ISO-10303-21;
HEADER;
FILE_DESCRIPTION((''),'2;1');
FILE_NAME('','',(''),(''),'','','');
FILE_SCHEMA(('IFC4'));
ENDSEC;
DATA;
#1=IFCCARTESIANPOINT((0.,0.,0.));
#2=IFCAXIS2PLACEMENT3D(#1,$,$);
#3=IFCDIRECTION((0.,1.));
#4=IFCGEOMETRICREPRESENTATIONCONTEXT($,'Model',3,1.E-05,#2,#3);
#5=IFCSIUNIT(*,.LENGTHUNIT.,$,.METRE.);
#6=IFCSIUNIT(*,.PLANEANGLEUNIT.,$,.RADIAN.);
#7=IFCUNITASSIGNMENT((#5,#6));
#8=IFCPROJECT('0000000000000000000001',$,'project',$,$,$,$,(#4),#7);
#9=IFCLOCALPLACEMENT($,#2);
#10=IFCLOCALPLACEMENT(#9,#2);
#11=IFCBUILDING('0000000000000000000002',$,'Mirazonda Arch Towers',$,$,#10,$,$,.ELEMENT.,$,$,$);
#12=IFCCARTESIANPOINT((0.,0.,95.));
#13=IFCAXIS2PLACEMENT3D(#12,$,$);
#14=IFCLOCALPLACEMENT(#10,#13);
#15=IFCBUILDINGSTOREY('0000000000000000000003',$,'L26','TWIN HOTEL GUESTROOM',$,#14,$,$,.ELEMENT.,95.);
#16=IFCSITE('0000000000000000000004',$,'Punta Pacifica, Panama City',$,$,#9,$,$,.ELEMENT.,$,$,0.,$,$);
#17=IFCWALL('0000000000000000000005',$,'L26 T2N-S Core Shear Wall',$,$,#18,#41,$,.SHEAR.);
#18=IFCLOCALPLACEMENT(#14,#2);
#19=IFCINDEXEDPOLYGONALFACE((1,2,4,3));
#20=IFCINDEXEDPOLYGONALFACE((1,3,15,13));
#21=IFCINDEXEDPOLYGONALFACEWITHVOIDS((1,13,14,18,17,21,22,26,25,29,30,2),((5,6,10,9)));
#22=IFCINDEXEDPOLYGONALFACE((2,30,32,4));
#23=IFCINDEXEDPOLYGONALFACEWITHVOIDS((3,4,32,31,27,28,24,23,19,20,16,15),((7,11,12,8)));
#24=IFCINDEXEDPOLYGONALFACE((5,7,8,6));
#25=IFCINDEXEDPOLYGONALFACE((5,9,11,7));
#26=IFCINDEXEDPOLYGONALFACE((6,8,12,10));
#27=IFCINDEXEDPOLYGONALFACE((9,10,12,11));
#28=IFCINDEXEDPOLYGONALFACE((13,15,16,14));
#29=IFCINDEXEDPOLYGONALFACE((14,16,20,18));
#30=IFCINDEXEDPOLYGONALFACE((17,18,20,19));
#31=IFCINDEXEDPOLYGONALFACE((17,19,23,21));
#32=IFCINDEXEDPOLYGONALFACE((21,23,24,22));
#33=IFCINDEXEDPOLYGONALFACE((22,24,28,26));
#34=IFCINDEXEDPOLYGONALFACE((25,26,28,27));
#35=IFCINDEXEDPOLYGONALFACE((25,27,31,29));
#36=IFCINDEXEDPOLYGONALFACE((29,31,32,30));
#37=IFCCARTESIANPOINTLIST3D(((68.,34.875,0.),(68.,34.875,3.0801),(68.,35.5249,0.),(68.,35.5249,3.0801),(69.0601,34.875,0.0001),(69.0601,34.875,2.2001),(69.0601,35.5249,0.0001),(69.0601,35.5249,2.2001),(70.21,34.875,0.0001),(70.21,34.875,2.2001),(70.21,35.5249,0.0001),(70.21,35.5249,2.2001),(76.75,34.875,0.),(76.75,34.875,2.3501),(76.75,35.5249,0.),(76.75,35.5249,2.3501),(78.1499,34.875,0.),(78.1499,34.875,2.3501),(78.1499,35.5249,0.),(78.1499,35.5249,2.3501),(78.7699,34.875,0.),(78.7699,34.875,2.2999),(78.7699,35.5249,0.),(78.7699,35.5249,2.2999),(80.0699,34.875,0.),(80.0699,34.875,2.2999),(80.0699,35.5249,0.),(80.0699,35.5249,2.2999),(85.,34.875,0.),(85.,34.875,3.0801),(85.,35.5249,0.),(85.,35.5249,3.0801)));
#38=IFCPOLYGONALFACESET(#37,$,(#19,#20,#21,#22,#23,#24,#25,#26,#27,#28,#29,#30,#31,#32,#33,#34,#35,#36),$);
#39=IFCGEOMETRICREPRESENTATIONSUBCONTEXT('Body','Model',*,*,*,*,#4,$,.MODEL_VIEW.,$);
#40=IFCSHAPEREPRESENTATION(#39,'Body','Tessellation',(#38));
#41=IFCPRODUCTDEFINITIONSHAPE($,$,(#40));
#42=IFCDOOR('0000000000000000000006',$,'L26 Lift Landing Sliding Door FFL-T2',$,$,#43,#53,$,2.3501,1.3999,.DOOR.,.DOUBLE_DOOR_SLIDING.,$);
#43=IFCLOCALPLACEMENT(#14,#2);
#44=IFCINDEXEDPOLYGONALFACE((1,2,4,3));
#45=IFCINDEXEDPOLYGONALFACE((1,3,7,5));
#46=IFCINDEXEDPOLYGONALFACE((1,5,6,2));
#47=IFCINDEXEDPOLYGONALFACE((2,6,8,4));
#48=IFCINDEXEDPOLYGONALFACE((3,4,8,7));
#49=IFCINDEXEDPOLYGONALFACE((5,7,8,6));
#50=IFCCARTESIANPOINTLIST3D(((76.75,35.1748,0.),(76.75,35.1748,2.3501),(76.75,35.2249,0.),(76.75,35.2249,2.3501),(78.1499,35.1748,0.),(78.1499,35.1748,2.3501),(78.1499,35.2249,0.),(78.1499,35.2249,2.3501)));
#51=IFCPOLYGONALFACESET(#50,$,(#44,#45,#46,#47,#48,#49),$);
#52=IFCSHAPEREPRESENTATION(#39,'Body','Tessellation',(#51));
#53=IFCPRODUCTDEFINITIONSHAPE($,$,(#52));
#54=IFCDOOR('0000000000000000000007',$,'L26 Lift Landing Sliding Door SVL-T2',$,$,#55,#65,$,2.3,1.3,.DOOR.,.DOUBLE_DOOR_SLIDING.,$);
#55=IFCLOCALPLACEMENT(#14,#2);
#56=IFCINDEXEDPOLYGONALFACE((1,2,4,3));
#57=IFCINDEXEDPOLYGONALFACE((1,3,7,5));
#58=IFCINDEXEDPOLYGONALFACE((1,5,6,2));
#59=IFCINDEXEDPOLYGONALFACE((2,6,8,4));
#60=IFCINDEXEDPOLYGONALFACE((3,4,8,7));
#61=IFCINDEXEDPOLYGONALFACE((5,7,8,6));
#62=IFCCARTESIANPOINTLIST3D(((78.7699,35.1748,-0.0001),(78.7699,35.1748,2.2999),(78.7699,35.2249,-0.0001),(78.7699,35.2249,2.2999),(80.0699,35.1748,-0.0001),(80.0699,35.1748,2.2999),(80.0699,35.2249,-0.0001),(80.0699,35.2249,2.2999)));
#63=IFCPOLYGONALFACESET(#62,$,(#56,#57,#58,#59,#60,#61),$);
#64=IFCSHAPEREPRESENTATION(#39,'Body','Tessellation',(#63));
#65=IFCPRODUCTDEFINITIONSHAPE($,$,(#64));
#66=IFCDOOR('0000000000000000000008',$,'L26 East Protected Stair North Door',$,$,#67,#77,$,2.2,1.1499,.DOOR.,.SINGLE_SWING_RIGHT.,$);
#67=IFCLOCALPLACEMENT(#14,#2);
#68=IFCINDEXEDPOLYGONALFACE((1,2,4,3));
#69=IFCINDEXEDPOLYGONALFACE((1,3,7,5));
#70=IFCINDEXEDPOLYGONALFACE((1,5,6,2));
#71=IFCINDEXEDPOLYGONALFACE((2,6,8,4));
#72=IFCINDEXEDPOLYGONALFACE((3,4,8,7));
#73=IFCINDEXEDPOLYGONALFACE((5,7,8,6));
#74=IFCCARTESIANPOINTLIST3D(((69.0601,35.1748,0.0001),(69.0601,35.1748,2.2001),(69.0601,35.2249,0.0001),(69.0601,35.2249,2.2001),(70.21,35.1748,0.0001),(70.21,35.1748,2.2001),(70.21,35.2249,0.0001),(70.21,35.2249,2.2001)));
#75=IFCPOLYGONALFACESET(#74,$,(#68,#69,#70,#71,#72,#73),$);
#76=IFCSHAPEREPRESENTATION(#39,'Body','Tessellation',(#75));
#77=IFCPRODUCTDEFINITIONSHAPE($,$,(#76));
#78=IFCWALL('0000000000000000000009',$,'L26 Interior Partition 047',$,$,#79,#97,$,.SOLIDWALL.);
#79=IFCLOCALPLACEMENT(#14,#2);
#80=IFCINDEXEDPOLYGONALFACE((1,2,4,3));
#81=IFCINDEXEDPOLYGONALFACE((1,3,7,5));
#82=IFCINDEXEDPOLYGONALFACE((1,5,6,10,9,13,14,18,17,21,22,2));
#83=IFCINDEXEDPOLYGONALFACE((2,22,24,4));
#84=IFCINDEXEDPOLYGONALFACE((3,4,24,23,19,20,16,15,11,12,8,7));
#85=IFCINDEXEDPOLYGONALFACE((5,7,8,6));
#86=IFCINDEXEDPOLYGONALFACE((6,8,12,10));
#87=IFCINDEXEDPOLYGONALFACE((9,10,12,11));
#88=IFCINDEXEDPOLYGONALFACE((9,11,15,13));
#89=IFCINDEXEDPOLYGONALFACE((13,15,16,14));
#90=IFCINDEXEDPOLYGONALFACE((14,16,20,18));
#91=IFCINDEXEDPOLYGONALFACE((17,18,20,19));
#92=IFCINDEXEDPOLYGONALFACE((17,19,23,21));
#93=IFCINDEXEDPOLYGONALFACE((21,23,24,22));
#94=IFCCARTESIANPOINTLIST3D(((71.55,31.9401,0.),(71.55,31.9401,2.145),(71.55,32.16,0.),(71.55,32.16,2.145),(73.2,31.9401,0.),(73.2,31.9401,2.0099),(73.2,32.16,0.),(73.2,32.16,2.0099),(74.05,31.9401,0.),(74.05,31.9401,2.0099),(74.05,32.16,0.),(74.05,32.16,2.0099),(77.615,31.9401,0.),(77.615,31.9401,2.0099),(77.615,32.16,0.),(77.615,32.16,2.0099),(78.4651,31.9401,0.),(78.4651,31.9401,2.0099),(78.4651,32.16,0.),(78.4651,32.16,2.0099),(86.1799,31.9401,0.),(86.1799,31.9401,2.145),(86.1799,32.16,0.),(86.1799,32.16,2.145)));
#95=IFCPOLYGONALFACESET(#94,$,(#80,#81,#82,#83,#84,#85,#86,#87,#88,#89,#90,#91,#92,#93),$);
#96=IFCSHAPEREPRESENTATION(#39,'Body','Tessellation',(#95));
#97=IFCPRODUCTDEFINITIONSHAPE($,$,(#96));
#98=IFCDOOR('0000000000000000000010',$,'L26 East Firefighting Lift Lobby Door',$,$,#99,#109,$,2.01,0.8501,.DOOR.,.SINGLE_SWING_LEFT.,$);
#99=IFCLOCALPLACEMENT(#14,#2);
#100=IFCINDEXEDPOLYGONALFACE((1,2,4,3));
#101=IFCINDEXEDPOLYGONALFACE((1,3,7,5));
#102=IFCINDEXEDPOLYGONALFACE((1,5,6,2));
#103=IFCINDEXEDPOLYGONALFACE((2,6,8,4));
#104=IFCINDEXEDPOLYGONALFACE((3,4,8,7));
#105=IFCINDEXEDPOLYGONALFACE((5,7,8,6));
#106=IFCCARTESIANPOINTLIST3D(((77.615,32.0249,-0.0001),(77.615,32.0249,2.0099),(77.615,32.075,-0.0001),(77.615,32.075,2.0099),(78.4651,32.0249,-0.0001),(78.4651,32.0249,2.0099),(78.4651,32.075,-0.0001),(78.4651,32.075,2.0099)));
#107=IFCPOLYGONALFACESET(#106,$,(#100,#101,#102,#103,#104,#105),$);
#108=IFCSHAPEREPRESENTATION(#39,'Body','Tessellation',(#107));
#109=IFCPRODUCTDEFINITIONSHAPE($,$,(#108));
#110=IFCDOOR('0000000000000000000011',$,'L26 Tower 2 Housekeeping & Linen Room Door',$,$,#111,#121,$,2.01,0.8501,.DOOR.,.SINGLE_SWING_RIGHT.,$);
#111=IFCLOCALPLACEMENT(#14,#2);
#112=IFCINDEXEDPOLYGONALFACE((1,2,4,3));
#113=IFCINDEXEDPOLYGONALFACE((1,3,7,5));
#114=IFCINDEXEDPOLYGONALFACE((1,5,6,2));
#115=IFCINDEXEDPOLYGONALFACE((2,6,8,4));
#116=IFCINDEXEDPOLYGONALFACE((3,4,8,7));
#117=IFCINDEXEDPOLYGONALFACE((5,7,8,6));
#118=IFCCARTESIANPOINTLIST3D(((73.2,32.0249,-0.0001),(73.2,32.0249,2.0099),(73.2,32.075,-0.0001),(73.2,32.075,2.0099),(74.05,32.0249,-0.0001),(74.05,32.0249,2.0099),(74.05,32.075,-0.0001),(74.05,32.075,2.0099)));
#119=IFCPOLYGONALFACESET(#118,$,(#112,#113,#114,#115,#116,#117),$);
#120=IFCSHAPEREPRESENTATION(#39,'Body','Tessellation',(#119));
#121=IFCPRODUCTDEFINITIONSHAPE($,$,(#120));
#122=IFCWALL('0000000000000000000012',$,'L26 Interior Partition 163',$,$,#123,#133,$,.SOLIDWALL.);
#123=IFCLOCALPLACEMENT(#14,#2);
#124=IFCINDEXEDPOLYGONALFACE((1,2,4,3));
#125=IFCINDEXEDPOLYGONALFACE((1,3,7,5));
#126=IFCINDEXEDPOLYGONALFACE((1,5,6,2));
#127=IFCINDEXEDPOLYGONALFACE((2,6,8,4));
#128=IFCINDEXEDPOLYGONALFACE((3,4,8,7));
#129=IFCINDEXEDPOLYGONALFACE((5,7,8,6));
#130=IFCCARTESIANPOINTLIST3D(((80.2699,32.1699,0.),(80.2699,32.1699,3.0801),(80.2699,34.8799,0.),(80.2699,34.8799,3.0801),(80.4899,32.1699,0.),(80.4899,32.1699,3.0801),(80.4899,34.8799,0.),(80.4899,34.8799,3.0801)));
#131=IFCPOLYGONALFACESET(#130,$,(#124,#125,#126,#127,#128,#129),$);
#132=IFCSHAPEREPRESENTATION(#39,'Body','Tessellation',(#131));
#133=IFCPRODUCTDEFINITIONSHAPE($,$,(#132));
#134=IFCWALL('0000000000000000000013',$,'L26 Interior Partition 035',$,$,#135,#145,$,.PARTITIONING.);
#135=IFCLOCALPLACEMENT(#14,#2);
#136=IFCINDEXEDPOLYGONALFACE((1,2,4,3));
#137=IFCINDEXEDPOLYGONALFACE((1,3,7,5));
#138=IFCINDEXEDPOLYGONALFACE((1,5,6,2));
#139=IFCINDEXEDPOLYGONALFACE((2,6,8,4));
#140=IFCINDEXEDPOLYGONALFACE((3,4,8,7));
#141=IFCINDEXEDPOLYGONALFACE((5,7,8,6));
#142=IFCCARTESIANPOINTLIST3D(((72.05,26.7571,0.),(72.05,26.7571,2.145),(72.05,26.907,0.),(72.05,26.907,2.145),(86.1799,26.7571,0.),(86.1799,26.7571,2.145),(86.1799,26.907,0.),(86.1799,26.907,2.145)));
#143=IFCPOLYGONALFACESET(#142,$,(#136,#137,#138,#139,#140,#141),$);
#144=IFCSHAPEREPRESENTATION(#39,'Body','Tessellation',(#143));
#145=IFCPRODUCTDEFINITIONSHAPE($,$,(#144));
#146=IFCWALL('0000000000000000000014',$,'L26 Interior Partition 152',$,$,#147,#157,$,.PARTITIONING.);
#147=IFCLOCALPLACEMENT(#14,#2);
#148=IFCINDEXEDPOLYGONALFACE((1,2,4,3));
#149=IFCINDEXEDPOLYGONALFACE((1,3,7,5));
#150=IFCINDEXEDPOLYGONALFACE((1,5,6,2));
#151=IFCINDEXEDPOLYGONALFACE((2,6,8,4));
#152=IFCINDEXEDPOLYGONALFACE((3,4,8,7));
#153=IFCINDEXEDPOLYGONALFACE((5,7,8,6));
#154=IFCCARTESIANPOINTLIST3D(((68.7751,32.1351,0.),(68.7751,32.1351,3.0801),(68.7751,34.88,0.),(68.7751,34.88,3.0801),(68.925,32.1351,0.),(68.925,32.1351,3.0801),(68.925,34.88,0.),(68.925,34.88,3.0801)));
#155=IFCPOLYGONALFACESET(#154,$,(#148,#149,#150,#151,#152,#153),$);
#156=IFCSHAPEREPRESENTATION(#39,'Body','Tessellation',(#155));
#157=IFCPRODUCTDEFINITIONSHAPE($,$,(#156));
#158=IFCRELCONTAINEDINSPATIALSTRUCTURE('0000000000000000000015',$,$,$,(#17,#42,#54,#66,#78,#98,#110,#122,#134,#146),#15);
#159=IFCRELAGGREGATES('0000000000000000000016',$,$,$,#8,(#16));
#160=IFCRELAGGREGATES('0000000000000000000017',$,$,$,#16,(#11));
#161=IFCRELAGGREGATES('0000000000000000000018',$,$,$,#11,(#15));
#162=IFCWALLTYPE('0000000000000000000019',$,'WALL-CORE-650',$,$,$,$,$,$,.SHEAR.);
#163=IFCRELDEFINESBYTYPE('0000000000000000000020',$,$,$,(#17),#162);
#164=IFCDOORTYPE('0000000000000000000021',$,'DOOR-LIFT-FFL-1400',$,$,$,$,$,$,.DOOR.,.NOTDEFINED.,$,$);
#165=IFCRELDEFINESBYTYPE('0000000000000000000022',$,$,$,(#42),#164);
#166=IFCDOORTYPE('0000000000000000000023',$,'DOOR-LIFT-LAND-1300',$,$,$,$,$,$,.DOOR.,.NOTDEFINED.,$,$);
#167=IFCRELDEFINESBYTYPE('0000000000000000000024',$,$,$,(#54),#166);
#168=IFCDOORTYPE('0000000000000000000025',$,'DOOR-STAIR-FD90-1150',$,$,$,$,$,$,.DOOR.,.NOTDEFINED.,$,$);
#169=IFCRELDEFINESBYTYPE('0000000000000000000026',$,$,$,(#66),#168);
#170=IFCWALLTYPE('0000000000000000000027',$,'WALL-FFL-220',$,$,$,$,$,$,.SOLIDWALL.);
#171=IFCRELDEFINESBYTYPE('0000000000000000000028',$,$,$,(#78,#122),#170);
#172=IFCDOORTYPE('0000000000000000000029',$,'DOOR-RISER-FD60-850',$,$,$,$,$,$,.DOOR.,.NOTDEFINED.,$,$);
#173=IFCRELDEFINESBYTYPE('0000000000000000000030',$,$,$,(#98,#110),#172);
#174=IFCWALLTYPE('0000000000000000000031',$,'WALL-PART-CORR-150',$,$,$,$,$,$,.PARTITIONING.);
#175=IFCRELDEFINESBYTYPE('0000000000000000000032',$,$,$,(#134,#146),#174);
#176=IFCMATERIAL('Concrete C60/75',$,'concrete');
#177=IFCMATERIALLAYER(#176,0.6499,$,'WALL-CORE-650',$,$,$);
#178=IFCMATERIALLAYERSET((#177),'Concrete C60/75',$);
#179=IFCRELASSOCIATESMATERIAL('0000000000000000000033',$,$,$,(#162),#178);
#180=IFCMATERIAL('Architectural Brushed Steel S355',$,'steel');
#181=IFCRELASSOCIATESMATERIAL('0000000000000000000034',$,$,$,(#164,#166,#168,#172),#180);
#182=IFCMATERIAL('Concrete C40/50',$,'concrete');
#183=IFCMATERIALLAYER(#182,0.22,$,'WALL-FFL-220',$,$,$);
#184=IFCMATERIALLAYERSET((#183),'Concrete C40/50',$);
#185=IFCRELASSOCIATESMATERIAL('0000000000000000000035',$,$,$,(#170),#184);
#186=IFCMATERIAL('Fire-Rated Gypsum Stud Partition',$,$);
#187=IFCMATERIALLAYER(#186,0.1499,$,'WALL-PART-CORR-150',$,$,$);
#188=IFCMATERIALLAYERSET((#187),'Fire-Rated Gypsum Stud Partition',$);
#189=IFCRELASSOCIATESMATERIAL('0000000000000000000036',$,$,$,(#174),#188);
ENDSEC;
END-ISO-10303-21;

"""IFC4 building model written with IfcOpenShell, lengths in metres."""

from ifc_helpers import new_model, si_unit, direction, frame, frame_2d, origin, place, context, subcontext, project, spatial, rectangle, extrude, material, layer, layer_set, type_object, element, fill, save


model = new_model("IFC4")

# Units and contexts
model_context = context("Model", 3, precision=1e-05, world=origin(), true_north=direction((0.0, 1.0)))
body_context = subcontext(model_context, "Body", "Model", "MODEL_VIEW")
ifc_project = project(units=[si_unit("LENGTHUNIT", "METRE"), si_unit("PLANEANGLEUNIT", "RADIAN")], contexts=[model_context])

# Site, building, storey
site_placement = place(None, origin())
site = spatial("IfcSite", under=ifc_project, at=site_placement, Name="Punta Pacifica, Panama City", CompositionType="ELEMENT", RefElevation=0.0)
building_placement = place(site_placement, origin())
building = spatial("IfcBuilding", under=site, at=building_placement, Name="Mirazonda Arch Towers", CompositionType="ELEMENT")
storey_placement = place(building_placement, frame((0.0, 0.0, 95.0)))
storey = spatial("IfcBuildingStorey", under=building, at=storey_placement, Name="L26", Description="TWIN HOTEL GUESTROOM", CompositionType="ELEMENT", Elevation=95.0)

# Shared definitions
ifc_material_1 = material(Name="Concrete C60/75", Category="concrete")
ifc_layer_1 = layer(ifc_material_1, 0.6499, Name="WALL-CORE-650")
ifc_layer_set_1 = layer_set([ifc_layer_1], Name="Concrete C60/75")
wall_type_1 = type_object("IfcWallType", Name="WALL-CORE-650", PredefinedType="SHEAR", material=ifc_layer_set_1)

# Walls, openings, doors
wall_1_placement = place(storey_placement, frame((68.0, 35.2, 0.0), z_axis=(0.0, 0.0, 1.0), x_axis=(1.0, 0.0, 0.0)))
wall_1 = element("IfcWall", 1, at=wall_1_placement, inside=storey, type_object=wall_type_1, Name="L26 T2N-S Core Shear Wall", PredefinedType="SHEAR", context=body_context, shape_type="SweptSolid", body=[
    extrude(rectangle(XDim=17.0, YDim=0.6499, at=frame_2d((8.5, 0.0))), origin(), (0.0, 0.0, 1.0), 3.0801),
])
opening_1_placement = place(wall_1_placement, frame((1.0601, 0.0, 0.0)))
opening_1 = element("IfcOpeningElement", 2, at=opening_1_placement, cuts=wall_1, PredefinedType="OPENING", context=body_context, shape_type="SweptSolid", body=[
    extrude(rectangle(XDim=1.1499, YDim=2.2, at=frame_2d((0.575, 1.1001))), frame((0.0, 0.335, 0.0), z_axis=(0.0, -1.0, 0.0), x_axis=(1.0, 0.0, 0.0)), (0.0, 0.0, 1.0), 0.6699),
])
opening_2_placement = place(wall_1_placement, frame((8.75, 0.0, 0.0)))
opening_2 = element("IfcOpeningElement", 3, at=opening_2_placement, cuts=wall_1, PredefinedType="OPENING", context=body_context, shape_type="SweptSolid", body=[
    extrude(rectangle(XDim=1.3999, YDim=2.3501, at=frame_2d((0.7, 1.175))), frame((0.0, 0.335, 0.0), z_axis=(0.0, -1.0, 0.0), x_axis=(1.0, 0.0, 0.0)), (0.0, 0.0, 1.0), 0.6699),
])
opening_3_placement = place(wall_1_placement, frame((10.77, 0.0, 0.0)))
opening_3 = element("IfcOpeningElement", 4, at=opening_3_placement, cuts=wall_1, PredefinedType="OPENING", context=body_context, shape_type="SweptSolid", body=[
    extrude(rectangle(XDim=1.3, YDim=2.3, at=frame_2d((0.6499, 1.1499))), frame((0.0, 0.335, 0.0), z_axis=(0.0, -1.0, 0.0), x_axis=(1.0, 0.0, 0.0)), (0.0, 0.0, 1.0), 0.6699),
])
ifc_material_2 = material(Name="Architectural Brushed Steel S355", Category="steel")
door_type_1 = type_object("IfcDoorType", Name="DOOR-LIFT-FFL-1400", OperationType="NOTDEFINED", PredefinedType="DOOR", material=ifc_material_2)
door_1_placement = place(opening_2_placement, origin())
door_1 = element("IfcDoor", 5, at=door_1_placement, inside=storey, type_object=door_type_1, Name="L26 Lift Landing Sliding Door FFL-T2", OperationType="DOUBLE_DOOR_SLIDING", OverallHeight=2.3501, OverallWidth=1.3999, PredefinedType="DOOR", context=body_context, shape_type="SweptSolid", body=[
    extrude(rectangle(XDim=1.3999, YDim=2.3501, at=frame_2d((0.7, 1.175))), frame((0.0, 0.0249, 0.0), z_axis=(0.0, -1.0, 0.0), x_axis=(1.0, 0.0, 0.0)), (0.0, 0.0, 1.0), 0.05),
])
fill(opening_2, door_1)
door_type_2 = type_object("IfcDoorType", Name="DOOR-LIFT-LAND-1300", OperationType="NOTDEFINED", PredefinedType="DOOR", material=ifc_material_2)
door_2_placement = place(opening_3_placement, origin())
door_2 = element("IfcDoor", 6, at=door_2_placement, inside=storey, type_object=door_type_2, Name="L26 Lift Landing Sliding Door SVL-T2", OperationType="DOUBLE_DOOR_SLIDING", OverallHeight=2.3, OverallWidth=1.3, PredefinedType="DOOR", context=body_context, shape_type="SweptSolid", body=[
    extrude(rectangle(XDim=1.3, YDim=2.3, at=frame_2d((0.6499, 1.1499))), frame((0.0, 0.0249, 0.0), z_axis=(0.0, -1.0, 0.0), x_axis=(1.0, 0.0, 0.0)), (0.0, 0.0, 1.0), 0.05),
])
fill(opening_3, door_2)
door_type_3 = type_object("IfcDoorType", Name="DOOR-STAIR-FD90-1150", OperationType="NOTDEFINED", PredefinedType="DOOR", material=ifc_material_2)
door_3_placement = place(opening_1_placement, origin())
door_3 = element("IfcDoor", 7, at=door_3_placement, inside=storey, type_object=door_type_3, Name="L26 East Protected Stair North Door", OperationType="SINGLE_SWING_RIGHT", OverallHeight=2.2, OverallWidth=1.1499, PredefinedType="DOOR", context=body_context, shape_type="SweptSolid", body=[
    extrude(rectangle(XDim=1.1499, YDim=2.2, at=frame_2d((0.575, 1.1001))), frame((0.0, 0.0249, 0.0), z_axis=(0.0, -1.0, 0.0), x_axis=(1.0, 0.0, 0.0)), (0.0, 0.0, 1.0), 0.05),
])
fill(opening_1, door_3)
ifc_material_3 = material(Name="Concrete C40/50", Category="concrete")
ifc_layer_2 = layer(ifc_material_3, 0.22, Name="WALL-FFL-220")
ifc_layer_set_2 = layer_set([ifc_layer_2], Name="Concrete C40/50")
wall_type_2 = type_object("IfcWallType", Name="WALL-FFL-220", PredefinedType="SOLIDWALL", material=ifc_layer_set_2)
wall_2_placement = place(storey_placement, frame((71.55, 32.05, 0.0), z_axis=(0.0, 0.0, 1.0), x_axis=(1.0, 0.0, 0.0)))
wall_2 = element("IfcWall", 8, at=wall_2_placement, inside=storey, type_object=wall_type_2, Name="L26 Interior Partition 047", PredefinedType="SOLIDWALL", context=body_context, shape_type="SweptSolid", body=[
    extrude(rectangle(XDim=14.6299, YDim=0.22, at=frame_2d((7.3149, 0.0))), origin(), (0.0, 0.0, 1.0), 2.145),
])
opening_4_placement = place(wall_2_placement, frame((6.0649, 0.0, 0.0)))
opening_4 = element("IfcOpeningElement", 9, at=opening_4_placement, cuts=wall_2, PredefinedType="OPENING", context=body_context, shape_type="SweptSolid", body=[
    extrude(rectangle(XDim=0.8501, YDim=2.01, at=frame_2d((0.425, 1.0049))), frame((0.0, 0.1199, 0.0), z_axis=(0.0, -1.0, 0.0), x_axis=(1.0, 0.0, 0.0)), (0.0, 0.0, 1.0), 0.24),
])
opening_5_placement = place(wall_2_placement, frame((1.6499, 0.0, 0.0)))
opening_5 = element("IfcOpeningElement", 10, at=opening_5_placement, cuts=wall_2, PredefinedType="OPENING", context=body_context, shape_type="SweptSolid", body=[
    extrude(rectangle(XDim=0.8501, YDim=2.01, at=frame_2d((0.425, 1.0049))), frame((0.0, 0.1199, 0.0), z_axis=(0.0, -1.0, 0.0), x_axis=(1.0, 0.0, 0.0)), (0.0, 0.0, 1.0), 0.24),
])
door_type_4 = type_object("IfcDoorType", Name="DOOR-RISER-FD60-850", OperationType="NOTDEFINED", PredefinedType="DOOR", material=ifc_material_2)
door_4_placement = place(opening_4_placement, origin())
door_4 = element("IfcDoor", 11, at=door_4_placement, inside=storey, type_object=door_type_4, Name="L26 East Firefighting Lift Lobby Door", OperationType="SINGLE_SWING_LEFT", OverallHeight=2.01, OverallWidth=0.8501, PredefinedType="DOOR", context=body_context, shape_type="SweptSolid", body=[
    extrude(rectangle(XDim=0.8501, YDim=2.01, at=frame_2d((0.425, 1.0049))), frame((0.0, 0.0249, 0.0), z_axis=(0.0, -1.0, 0.0), x_axis=(1.0, 0.0, 0.0)), (0.0, 0.0, 1.0), 0.05),
])
fill(opening_4, door_4)
door_5_placement = place(opening_5_placement, origin())
door_5 = element("IfcDoor", 12, at=door_5_placement, inside=storey, type_object=door_type_4, Name="L26 Tower 2 Housekeeping & Linen Room Door", OperationType="SINGLE_SWING_RIGHT", OverallHeight=2.01, OverallWidth=0.8501, PredefinedType="DOOR", context=body_context, shape_type="SweptSolid", body=[
    extrude(rectangle(XDim=0.8501, YDim=2.01, at=frame_2d((0.425, 1.0049))), frame((0.0, 0.0249, 0.0), z_axis=(0.0, -1.0, 0.0), x_axis=(1.0, 0.0, 0.0)), (0.0, 0.0, 1.0), 0.05),
])
fill(opening_5, door_5)

# Walls
wall_3_placement = place(storey_placement, frame((80.3799, 32.1699, 0.0), z_axis=(0.0, 0.0, 1.0), x_axis=(0.0, 1.0, 0.0)))
element("IfcWall", 13, at=wall_3_placement, inside=storey, type_object=wall_type_2, Name="L26 Interior Partition 163", PredefinedType="SOLIDWALL", context=body_context, shape_type="SweptSolid", body=[
    extrude(rectangle(XDim=2.71, YDim=0.22, at=frame_2d((1.355, 0.0))), origin(), (0.0, 0.0, 1.0), 3.0801),
])
ifc_material_4 = material(Name="Fire-Rated Gypsum Stud Partition")
ifc_layer_3 = layer(ifc_material_4, 0.1499, Name="WALL-PART-CORR-150")
ifc_layer_set_3 = layer_set([ifc_layer_3], Name="Fire-Rated Gypsum Stud Partition")
wall_type_3 = type_object("IfcWallType", Name="WALL-PART-CORR-150", PredefinedType="PARTITIONING", material=ifc_layer_set_3)
wall_4_placement = place(storey_placement, frame((72.05, 26.832, 0.0), z_axis=(0.0, 0.0, 1.0), x_axis=(1.0, 0.0, 0.0)))
element("IfcWall", 14, at=wall_4_placement, inside=storey, type_object=wall_type_3, Name="L26 Interior Partition 035", PredefinedType="PARTITIONING", context=body_context, shape_type="SweptSolid", body=[
    extrude(rectangle(XDim=14.1299, YDim=0.1499, at=frame_2d((7.0649, 0.0))), origin(), (0.0, 0.0, 1.0), 2.145),
])
wall_5_placement = place(storey_placement, frame((68.8501, 32.135, 0.0), z_axis=(0.0, 0.0, 1.0), x_axis=(0.0, 1.0, 0.0)))
element("IfcWall", 15, at=wall_5_placement, inside=storey, type_object=wall_type_3, Name="L26 Interior Partition 152", PredefinedType="PARTITIONING", context=body_context, shape_type="SweptSolid", body=[
    extrude(rectangle(XDim=2.7449, YDim=0.1499, at=frame_2d((1.3726, 0.0))), origin(), (0.0, 0.0, 1.0), 3.0801),
])

save(model, "model.ifc")
